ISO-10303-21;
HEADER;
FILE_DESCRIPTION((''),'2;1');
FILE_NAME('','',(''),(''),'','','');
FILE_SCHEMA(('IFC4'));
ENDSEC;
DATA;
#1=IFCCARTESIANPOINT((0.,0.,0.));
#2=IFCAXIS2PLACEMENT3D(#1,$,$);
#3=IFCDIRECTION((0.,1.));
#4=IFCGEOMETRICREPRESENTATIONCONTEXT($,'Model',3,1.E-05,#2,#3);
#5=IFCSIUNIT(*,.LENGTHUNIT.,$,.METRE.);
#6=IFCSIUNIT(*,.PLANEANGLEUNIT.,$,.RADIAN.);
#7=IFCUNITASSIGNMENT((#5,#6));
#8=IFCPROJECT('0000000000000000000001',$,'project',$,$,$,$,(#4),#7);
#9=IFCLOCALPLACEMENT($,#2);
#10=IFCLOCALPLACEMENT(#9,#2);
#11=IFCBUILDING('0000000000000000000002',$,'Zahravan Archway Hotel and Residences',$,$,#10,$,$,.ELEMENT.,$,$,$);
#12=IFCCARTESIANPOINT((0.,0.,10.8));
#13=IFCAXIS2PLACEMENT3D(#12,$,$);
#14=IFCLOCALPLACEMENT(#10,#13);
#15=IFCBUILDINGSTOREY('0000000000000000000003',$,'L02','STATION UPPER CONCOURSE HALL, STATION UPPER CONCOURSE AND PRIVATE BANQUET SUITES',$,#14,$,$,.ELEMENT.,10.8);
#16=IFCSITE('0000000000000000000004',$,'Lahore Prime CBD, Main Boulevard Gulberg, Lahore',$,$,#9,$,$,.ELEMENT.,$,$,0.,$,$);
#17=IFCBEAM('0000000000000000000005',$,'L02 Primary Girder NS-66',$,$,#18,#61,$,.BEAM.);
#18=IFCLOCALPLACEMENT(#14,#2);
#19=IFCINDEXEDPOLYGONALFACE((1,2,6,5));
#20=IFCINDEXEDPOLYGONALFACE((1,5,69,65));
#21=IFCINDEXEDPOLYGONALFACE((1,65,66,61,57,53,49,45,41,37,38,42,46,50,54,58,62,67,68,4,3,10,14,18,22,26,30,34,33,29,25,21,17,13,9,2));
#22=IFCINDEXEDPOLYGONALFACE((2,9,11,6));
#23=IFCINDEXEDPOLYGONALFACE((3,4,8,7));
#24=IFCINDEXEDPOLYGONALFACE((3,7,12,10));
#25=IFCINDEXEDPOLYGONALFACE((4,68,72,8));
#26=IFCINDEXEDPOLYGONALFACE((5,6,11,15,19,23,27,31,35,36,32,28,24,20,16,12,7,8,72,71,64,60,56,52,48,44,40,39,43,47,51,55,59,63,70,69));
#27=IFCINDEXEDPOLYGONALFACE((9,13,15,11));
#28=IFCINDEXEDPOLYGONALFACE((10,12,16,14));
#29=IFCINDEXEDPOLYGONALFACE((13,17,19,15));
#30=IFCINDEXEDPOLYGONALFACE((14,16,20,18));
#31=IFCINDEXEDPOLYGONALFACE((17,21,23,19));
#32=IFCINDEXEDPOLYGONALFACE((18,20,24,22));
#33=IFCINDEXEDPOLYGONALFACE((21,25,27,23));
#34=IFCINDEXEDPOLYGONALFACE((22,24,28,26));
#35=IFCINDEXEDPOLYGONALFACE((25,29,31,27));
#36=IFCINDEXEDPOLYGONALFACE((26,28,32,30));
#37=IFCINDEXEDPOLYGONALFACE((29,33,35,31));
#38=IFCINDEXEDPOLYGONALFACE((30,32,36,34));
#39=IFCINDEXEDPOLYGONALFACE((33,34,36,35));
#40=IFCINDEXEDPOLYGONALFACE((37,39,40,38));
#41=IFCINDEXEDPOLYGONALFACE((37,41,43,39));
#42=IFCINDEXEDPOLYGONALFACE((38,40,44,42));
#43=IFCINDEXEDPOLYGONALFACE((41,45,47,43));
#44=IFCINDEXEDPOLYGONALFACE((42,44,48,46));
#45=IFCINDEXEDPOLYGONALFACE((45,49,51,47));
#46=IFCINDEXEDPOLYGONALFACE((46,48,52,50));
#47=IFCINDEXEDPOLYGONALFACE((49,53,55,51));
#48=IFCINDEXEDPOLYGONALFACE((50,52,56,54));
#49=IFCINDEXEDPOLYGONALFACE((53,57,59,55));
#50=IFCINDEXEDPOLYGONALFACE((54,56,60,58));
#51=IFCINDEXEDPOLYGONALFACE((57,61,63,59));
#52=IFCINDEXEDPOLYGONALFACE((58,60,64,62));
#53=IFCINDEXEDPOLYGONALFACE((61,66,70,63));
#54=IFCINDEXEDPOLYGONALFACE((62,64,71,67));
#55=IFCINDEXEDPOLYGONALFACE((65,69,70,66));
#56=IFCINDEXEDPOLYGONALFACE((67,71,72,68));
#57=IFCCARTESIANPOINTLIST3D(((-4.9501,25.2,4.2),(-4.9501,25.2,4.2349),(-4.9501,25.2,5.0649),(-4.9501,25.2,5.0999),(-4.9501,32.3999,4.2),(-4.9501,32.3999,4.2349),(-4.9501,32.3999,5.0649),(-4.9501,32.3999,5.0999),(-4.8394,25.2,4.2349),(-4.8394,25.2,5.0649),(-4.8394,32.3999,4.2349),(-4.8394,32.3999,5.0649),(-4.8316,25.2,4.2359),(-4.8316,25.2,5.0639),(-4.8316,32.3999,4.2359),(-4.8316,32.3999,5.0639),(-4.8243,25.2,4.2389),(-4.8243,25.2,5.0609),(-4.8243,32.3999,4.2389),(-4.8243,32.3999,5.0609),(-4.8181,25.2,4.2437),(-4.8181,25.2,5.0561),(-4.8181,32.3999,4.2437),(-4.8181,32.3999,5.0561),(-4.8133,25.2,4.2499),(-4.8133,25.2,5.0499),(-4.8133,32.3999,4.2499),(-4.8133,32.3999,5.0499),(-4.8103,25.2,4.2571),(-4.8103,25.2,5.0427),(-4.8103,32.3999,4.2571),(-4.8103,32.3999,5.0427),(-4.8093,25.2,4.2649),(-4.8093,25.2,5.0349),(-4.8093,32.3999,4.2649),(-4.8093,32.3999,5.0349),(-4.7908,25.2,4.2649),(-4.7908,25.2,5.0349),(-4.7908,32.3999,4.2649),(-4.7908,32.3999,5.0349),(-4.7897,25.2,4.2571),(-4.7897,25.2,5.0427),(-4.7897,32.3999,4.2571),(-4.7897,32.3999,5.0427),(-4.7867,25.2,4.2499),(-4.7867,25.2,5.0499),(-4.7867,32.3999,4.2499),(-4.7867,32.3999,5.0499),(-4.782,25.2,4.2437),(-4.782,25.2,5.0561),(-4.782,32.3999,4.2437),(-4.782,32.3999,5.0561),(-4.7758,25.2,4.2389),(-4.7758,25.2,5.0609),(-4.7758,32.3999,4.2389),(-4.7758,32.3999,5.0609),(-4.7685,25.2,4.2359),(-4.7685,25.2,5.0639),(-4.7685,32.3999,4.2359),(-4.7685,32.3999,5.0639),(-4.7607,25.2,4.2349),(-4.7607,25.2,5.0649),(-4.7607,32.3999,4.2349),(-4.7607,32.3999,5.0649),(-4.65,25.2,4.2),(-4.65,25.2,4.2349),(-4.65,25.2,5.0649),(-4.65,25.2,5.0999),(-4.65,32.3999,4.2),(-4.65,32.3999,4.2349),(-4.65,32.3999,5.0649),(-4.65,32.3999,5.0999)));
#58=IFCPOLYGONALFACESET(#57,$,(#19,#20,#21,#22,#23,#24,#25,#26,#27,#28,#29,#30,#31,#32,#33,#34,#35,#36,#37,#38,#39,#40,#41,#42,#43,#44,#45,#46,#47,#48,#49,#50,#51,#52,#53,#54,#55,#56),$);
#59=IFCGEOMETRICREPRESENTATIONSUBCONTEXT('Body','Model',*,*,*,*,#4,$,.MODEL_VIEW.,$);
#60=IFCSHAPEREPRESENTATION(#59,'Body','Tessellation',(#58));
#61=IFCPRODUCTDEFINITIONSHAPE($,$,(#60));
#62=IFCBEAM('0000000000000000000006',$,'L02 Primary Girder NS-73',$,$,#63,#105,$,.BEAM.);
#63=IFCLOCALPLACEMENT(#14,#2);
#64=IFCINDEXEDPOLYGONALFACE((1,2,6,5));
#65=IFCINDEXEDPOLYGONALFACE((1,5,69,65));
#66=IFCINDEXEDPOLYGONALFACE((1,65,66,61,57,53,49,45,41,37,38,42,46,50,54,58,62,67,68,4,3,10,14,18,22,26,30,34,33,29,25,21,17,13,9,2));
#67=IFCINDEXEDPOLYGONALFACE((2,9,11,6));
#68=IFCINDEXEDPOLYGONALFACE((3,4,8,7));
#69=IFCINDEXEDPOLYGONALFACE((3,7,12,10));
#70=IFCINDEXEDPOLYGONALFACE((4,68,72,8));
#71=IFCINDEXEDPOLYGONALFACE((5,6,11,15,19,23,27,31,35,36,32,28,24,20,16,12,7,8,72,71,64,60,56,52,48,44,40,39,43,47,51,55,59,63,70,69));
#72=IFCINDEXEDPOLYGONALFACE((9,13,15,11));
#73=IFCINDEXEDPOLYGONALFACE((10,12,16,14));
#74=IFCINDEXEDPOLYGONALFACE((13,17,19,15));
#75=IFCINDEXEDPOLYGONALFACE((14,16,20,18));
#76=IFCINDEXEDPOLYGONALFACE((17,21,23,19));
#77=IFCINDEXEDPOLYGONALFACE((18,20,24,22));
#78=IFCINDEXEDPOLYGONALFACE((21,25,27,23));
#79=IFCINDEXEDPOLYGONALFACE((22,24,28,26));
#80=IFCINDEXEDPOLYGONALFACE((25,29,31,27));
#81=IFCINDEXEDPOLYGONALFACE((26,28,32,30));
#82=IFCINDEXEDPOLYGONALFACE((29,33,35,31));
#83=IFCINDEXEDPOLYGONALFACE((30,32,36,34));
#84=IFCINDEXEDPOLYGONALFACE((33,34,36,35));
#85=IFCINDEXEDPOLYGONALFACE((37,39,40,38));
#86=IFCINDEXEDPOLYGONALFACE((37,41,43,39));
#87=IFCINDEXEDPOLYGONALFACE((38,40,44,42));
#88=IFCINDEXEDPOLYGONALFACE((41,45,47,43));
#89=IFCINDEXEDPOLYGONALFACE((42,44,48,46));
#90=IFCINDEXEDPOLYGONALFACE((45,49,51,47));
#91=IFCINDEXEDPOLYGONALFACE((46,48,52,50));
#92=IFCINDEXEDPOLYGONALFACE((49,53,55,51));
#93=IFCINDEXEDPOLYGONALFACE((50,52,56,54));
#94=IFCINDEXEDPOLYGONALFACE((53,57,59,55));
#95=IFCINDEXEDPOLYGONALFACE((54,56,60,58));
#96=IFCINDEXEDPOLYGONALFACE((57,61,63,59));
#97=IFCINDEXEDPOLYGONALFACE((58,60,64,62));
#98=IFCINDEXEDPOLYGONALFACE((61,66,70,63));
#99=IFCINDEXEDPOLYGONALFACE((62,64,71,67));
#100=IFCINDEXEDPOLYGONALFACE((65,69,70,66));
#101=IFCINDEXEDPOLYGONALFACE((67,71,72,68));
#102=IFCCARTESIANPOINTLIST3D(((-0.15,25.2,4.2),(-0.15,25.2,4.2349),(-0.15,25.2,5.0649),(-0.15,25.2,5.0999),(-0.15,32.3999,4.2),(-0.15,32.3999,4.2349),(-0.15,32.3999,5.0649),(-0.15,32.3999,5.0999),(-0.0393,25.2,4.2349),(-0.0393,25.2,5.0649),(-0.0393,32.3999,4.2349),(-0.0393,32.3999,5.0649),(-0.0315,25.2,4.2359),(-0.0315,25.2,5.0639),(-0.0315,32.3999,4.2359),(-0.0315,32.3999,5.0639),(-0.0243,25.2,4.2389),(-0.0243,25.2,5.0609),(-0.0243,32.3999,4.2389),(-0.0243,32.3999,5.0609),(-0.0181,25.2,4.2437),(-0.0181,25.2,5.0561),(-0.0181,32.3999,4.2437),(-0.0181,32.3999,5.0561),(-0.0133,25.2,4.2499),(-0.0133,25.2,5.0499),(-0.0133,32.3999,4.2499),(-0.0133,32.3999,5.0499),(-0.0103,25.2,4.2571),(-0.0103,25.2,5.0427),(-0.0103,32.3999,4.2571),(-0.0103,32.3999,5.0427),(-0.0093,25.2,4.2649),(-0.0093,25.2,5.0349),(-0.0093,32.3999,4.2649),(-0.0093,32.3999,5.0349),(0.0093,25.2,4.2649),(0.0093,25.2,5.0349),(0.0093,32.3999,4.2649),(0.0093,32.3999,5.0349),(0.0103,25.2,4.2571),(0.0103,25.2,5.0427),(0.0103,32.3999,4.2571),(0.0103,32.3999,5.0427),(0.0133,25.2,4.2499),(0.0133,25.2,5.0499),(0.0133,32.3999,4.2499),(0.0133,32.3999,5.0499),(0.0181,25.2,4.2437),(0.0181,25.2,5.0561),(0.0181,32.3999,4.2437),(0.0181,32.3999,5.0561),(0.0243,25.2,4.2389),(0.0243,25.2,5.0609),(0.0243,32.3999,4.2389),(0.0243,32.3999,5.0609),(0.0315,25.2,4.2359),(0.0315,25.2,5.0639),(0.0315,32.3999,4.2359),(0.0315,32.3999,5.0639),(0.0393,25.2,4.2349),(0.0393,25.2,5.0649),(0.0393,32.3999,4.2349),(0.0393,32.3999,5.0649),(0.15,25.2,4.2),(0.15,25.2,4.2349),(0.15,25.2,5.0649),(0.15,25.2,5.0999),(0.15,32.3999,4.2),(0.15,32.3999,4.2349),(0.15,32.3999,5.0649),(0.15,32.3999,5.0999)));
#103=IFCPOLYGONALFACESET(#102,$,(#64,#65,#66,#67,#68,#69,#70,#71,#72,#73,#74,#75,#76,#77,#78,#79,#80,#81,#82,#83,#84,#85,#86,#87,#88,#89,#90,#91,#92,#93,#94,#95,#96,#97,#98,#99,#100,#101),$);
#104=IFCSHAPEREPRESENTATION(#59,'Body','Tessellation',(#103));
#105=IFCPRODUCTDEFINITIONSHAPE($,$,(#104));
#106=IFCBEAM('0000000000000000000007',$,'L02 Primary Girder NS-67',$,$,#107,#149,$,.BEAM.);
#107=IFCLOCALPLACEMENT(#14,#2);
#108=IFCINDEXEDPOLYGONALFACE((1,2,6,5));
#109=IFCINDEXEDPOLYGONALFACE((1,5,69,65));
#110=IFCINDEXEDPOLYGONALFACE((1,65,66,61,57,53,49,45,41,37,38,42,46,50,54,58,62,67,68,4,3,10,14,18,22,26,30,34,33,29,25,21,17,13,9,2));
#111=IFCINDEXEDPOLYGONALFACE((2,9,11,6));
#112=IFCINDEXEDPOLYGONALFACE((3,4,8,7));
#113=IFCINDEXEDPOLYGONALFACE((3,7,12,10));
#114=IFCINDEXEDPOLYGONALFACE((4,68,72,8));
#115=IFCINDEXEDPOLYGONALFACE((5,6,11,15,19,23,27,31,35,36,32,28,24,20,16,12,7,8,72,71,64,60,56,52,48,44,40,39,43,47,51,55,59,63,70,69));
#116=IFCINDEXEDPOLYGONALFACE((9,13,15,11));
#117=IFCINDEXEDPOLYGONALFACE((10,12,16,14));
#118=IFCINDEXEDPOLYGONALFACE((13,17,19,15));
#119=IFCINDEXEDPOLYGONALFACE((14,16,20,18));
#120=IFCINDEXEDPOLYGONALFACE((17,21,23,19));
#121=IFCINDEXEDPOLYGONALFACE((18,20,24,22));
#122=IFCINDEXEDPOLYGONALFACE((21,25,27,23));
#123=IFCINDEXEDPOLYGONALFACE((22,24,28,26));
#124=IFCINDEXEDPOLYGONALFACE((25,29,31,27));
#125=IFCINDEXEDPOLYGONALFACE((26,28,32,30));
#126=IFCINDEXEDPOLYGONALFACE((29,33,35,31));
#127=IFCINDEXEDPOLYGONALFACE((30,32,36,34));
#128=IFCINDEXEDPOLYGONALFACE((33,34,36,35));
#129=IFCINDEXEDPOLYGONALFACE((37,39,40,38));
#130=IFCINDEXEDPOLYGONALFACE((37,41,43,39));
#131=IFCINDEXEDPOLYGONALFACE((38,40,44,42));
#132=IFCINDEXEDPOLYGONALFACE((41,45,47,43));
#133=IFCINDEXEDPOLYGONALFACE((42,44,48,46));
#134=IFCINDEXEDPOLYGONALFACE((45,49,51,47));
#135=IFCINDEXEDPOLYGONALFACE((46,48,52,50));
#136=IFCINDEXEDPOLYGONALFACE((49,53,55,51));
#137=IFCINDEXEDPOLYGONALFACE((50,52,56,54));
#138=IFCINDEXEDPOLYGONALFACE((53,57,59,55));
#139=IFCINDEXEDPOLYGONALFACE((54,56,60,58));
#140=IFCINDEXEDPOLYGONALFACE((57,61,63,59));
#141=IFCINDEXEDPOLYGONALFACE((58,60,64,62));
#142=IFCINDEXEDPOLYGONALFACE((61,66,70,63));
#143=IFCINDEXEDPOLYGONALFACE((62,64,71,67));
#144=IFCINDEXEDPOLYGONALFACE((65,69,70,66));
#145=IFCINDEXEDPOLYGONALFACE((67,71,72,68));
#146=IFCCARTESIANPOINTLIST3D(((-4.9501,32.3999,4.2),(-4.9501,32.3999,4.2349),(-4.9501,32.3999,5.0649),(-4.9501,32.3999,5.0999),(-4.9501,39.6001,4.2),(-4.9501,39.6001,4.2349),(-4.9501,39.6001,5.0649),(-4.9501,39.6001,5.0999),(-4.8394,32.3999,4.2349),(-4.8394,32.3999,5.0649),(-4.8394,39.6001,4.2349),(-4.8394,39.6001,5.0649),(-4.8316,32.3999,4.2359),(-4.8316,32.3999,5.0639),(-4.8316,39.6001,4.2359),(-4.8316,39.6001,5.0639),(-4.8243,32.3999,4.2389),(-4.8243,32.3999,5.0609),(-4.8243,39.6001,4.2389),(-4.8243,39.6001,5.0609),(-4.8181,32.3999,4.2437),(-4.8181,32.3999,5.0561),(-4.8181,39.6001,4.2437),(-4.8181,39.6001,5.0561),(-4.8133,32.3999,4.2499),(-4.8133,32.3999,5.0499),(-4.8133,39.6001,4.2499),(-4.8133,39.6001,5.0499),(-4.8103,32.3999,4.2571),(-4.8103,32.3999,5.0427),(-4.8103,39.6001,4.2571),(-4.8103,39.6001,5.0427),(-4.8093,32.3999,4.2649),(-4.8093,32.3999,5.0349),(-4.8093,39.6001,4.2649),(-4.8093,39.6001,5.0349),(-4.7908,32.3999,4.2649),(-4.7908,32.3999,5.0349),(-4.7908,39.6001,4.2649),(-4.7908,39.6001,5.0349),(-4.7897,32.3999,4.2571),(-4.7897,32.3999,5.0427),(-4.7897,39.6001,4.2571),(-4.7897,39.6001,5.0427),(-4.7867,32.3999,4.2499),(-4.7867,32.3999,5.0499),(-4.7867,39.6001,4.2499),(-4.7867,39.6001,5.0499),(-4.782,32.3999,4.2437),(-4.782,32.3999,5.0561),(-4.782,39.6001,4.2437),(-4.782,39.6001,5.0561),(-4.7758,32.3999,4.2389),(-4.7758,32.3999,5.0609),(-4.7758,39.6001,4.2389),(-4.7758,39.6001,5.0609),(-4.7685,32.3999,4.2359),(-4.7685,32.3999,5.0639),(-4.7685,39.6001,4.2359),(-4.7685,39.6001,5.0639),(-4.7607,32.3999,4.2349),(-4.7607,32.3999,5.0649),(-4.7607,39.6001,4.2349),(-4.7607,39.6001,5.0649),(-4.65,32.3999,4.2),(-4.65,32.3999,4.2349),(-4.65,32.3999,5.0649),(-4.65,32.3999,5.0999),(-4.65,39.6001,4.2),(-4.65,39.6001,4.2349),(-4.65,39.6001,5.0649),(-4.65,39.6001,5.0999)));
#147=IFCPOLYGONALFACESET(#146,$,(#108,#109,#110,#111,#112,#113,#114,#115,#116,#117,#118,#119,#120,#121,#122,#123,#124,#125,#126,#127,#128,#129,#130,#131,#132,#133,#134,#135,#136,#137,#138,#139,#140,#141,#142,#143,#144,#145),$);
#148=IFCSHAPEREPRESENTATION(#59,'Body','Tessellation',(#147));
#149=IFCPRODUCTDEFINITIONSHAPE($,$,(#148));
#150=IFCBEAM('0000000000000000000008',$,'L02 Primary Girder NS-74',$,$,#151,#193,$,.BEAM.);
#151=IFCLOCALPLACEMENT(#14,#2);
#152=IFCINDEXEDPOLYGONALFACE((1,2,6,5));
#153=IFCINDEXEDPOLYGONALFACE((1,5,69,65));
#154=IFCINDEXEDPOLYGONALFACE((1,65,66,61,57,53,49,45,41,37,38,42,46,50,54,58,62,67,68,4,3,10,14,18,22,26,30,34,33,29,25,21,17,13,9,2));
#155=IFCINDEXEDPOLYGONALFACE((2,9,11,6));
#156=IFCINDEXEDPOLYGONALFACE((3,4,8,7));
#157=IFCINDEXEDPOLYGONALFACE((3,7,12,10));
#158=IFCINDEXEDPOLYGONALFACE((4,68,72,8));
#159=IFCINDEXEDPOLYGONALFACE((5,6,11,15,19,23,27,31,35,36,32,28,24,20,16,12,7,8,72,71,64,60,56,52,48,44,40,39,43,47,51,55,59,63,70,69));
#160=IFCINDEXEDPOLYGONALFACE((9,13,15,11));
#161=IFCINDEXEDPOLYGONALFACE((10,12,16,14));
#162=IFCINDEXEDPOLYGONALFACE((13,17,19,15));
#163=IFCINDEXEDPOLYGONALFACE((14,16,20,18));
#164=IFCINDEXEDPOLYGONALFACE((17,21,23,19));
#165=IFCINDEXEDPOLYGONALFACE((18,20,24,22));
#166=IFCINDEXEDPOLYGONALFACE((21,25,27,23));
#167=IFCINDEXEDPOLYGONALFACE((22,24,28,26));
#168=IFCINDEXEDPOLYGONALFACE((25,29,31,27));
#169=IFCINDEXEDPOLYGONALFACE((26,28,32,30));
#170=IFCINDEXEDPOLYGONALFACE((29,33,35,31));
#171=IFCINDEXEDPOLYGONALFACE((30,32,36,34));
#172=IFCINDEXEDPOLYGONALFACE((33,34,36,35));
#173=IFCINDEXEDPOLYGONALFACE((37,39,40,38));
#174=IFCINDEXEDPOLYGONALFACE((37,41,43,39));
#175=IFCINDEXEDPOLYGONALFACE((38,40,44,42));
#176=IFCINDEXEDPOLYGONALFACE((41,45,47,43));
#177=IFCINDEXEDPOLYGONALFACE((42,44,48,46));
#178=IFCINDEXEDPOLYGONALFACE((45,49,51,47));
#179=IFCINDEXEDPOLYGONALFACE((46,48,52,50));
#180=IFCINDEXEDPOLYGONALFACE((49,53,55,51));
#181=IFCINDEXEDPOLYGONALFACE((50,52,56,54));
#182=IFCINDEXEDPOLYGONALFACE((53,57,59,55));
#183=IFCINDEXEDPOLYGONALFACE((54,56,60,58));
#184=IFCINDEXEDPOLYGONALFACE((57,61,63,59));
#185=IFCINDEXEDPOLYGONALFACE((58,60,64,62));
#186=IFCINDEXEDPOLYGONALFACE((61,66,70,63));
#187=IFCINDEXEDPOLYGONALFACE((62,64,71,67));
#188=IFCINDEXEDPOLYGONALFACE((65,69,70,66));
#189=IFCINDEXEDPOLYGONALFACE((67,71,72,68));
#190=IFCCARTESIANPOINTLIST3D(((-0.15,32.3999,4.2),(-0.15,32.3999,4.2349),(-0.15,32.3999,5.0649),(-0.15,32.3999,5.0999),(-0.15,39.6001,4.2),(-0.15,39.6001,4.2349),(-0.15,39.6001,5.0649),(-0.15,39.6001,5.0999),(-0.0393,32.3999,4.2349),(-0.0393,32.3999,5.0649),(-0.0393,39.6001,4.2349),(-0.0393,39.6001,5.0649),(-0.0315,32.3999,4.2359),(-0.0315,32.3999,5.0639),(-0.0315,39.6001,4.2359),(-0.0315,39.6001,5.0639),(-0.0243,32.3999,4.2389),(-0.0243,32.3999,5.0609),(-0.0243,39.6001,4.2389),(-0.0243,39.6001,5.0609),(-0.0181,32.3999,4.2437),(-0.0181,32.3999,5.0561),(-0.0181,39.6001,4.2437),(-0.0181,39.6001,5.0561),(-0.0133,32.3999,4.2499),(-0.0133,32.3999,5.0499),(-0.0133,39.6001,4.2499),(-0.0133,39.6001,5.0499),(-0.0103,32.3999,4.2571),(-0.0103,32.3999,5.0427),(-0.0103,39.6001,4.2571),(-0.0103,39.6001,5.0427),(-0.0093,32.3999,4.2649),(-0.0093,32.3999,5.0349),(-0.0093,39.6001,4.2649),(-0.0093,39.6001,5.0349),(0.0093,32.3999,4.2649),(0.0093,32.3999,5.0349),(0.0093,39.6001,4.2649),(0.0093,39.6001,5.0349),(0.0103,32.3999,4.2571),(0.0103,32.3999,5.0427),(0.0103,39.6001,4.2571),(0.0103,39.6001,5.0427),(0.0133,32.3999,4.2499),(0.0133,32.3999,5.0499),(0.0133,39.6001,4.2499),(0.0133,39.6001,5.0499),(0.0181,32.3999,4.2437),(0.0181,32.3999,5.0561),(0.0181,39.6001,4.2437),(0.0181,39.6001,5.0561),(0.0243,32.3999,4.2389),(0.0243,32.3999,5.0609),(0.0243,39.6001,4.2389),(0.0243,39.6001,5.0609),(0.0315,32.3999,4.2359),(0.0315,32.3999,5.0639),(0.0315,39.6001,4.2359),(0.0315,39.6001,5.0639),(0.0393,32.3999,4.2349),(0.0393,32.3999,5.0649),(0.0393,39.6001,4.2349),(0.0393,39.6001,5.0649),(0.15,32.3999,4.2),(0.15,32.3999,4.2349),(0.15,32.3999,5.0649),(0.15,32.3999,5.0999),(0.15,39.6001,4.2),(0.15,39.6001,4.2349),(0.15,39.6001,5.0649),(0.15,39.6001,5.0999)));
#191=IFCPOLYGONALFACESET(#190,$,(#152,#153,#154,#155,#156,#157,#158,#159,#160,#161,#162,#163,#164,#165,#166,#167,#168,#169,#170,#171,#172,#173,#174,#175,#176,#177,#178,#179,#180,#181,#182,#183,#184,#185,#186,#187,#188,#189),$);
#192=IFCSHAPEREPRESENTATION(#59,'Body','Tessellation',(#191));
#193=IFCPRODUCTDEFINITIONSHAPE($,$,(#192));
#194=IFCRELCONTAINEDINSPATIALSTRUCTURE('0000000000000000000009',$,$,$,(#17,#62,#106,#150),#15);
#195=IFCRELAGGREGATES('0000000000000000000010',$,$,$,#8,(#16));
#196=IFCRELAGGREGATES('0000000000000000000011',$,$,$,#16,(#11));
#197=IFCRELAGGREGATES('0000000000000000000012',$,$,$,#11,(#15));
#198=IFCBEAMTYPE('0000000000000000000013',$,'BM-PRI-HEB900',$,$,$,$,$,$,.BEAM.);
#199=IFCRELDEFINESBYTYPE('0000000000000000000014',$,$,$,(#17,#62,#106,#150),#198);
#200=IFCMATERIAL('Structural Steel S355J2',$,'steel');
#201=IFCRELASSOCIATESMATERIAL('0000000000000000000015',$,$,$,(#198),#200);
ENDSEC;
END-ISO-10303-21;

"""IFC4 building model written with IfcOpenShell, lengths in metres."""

from ifc_helpers import new_model, si_unit, direction, frame, origin, origin_2d, place, context, subcontext, project, spatial, i_section, extrude, source, transform, mapped, material, material_profile, profile_set, type_object, element, save


model = new_model("IFC4")

# Units and contexts
model_context = context("Model", 3, precision=1e-05, world=origin(), true_north=direction((0.0, 1.0)))
body_context = subcontext(model_context, "Body", "Model", "MODEL_VIEW")
ifc_project = project(units=[si_unit("LENGTHUNIT", "METRE"), si_unit("PLANEANGLEUNIT", "RADIAN")], contexts=[model_context])

# Site, building, storey
site_placement = place(None, origin())
site = spatial("IfcSite", under=ifc_project, at=site_placement, Name="Lahore Prime CBD, Main Boulevard Gulberg, Lahore", CompositionType="ELEMENT", RefElevation=0.0)
building_placement = place(site_placement, origin())
building = spatial("IfcBuilding", under=site, at=building_placement, Name="Zahravan Archway Hotel and Residences", CompositionType="ELEMENT")
storey_placement = place(building_placement, frame((0.0, 0.0, 10.8)))
storey = spatial("IfcBuildingStorey", under=building, at=storey_placement, Name="L02", Description="STATION UPPER CONCOURSE HALL, STATION UPPER CONCOURSE AND PRIVATE BANQUET SUITES", CompositionType="ELEMENT", Elevation=10.8)

# Beams
ifc_material_1 = material(Name="Structural Steel S355J2", Category="steel")
ifc_material_profile_1 = material_profile(ifc_material_1, i_section(OverallWidth=0.3, OverallDepth=0.8999, WebThickness=0.0186, FlangeThickness=0.0349, FilletRadius=0.03, at=origin_2d()), Name="HEB 900", Category="steel")
ifc_profile_set_1 = profile_set([ifc_material_profile_1], Name="Structural Steel S355J2")
beam_type_1 = type_object("IfcBeamType", Name="BM-PRI-HEB900", PredefinedType="BEAM", material=ifc_profile_set_1)
shared_shape_1 = source(origin(), body_context, "Body", "SweptSolid", [
    extrude(i_section(OverallWidth=0.3, OverallDepth=0.8999, WebThickness=0.0186, FlangeThickness=0.0349, FilletRadius=0.03, at=origin_2d()), origin(), (0.0, 0.0, 1.0), 7.2),
])
for number, where, z_axis, x_axis, name in (
    (1, (-4.8, 25.2, 4.6499), (0.0, 1.0, 0.0), (-1.0, 0.0, 0.0), "L02 Primary Girder NS-66"),
    (2, (0.0, 25.2, 4.6499), (0.0, 1.0, 0.0), (-1.0, 0.0, 0.0), "L02 Primary Girder NS-73"),
):
    element("IfcBeam", number, at=place(storey_placement, frame(where, z_axis=z_axis, x_axis=x_axis)), inside=storey, type_object=beam_type_1, Name=name, PredefinedType="BEAM", context=body_context, shape_type="MappedRepresentation", body=[
        mapped(shared_shape_1, transform((0.0, 0.0, 0.0), scale=1.0)),
    ])
shared_shape_2 = source(origin(), body_context, "Body", "SweptSolid", [
    extrude(i_section(OverallWidth=0.3, OverallDepth=0.8999, WebThickness=0.0186, FlangeThickness=0.0349, FilletRadius=0.03, at=origin_2d()), origin(), (0.0, 0.0, 1.0), 7.2002),
])
for number, where, z_axis, x_axis, name in (
    (3, (-4.8, 32.3999, 4.6499), (0.0, 1.0, 0.0), (-1.0, 0.0, 0.0), "L02 Primary Girder NS-67"),
    (4, (0.0, 32.3999, 4.6499), (0.0, 1.0, 0.0), (-1.0, 0.0, 0.0), "L02 Primary Girder NS-74"),
):
    element("IfcBeam", number, at=place(storey_placement, frame(where, z_axis=z_axis, x_axis=x_axis)), inside=storey, type_object=beam_type_1, Name=name, PredefinedType="BEAM", context=body_context, shape_type="MappedRepresentation", body=[
        mapped(shared_shape_2, transform((0.0, 0.0, 0.0), scale=1.0)),
    ])

save(model, "model.ifc")
